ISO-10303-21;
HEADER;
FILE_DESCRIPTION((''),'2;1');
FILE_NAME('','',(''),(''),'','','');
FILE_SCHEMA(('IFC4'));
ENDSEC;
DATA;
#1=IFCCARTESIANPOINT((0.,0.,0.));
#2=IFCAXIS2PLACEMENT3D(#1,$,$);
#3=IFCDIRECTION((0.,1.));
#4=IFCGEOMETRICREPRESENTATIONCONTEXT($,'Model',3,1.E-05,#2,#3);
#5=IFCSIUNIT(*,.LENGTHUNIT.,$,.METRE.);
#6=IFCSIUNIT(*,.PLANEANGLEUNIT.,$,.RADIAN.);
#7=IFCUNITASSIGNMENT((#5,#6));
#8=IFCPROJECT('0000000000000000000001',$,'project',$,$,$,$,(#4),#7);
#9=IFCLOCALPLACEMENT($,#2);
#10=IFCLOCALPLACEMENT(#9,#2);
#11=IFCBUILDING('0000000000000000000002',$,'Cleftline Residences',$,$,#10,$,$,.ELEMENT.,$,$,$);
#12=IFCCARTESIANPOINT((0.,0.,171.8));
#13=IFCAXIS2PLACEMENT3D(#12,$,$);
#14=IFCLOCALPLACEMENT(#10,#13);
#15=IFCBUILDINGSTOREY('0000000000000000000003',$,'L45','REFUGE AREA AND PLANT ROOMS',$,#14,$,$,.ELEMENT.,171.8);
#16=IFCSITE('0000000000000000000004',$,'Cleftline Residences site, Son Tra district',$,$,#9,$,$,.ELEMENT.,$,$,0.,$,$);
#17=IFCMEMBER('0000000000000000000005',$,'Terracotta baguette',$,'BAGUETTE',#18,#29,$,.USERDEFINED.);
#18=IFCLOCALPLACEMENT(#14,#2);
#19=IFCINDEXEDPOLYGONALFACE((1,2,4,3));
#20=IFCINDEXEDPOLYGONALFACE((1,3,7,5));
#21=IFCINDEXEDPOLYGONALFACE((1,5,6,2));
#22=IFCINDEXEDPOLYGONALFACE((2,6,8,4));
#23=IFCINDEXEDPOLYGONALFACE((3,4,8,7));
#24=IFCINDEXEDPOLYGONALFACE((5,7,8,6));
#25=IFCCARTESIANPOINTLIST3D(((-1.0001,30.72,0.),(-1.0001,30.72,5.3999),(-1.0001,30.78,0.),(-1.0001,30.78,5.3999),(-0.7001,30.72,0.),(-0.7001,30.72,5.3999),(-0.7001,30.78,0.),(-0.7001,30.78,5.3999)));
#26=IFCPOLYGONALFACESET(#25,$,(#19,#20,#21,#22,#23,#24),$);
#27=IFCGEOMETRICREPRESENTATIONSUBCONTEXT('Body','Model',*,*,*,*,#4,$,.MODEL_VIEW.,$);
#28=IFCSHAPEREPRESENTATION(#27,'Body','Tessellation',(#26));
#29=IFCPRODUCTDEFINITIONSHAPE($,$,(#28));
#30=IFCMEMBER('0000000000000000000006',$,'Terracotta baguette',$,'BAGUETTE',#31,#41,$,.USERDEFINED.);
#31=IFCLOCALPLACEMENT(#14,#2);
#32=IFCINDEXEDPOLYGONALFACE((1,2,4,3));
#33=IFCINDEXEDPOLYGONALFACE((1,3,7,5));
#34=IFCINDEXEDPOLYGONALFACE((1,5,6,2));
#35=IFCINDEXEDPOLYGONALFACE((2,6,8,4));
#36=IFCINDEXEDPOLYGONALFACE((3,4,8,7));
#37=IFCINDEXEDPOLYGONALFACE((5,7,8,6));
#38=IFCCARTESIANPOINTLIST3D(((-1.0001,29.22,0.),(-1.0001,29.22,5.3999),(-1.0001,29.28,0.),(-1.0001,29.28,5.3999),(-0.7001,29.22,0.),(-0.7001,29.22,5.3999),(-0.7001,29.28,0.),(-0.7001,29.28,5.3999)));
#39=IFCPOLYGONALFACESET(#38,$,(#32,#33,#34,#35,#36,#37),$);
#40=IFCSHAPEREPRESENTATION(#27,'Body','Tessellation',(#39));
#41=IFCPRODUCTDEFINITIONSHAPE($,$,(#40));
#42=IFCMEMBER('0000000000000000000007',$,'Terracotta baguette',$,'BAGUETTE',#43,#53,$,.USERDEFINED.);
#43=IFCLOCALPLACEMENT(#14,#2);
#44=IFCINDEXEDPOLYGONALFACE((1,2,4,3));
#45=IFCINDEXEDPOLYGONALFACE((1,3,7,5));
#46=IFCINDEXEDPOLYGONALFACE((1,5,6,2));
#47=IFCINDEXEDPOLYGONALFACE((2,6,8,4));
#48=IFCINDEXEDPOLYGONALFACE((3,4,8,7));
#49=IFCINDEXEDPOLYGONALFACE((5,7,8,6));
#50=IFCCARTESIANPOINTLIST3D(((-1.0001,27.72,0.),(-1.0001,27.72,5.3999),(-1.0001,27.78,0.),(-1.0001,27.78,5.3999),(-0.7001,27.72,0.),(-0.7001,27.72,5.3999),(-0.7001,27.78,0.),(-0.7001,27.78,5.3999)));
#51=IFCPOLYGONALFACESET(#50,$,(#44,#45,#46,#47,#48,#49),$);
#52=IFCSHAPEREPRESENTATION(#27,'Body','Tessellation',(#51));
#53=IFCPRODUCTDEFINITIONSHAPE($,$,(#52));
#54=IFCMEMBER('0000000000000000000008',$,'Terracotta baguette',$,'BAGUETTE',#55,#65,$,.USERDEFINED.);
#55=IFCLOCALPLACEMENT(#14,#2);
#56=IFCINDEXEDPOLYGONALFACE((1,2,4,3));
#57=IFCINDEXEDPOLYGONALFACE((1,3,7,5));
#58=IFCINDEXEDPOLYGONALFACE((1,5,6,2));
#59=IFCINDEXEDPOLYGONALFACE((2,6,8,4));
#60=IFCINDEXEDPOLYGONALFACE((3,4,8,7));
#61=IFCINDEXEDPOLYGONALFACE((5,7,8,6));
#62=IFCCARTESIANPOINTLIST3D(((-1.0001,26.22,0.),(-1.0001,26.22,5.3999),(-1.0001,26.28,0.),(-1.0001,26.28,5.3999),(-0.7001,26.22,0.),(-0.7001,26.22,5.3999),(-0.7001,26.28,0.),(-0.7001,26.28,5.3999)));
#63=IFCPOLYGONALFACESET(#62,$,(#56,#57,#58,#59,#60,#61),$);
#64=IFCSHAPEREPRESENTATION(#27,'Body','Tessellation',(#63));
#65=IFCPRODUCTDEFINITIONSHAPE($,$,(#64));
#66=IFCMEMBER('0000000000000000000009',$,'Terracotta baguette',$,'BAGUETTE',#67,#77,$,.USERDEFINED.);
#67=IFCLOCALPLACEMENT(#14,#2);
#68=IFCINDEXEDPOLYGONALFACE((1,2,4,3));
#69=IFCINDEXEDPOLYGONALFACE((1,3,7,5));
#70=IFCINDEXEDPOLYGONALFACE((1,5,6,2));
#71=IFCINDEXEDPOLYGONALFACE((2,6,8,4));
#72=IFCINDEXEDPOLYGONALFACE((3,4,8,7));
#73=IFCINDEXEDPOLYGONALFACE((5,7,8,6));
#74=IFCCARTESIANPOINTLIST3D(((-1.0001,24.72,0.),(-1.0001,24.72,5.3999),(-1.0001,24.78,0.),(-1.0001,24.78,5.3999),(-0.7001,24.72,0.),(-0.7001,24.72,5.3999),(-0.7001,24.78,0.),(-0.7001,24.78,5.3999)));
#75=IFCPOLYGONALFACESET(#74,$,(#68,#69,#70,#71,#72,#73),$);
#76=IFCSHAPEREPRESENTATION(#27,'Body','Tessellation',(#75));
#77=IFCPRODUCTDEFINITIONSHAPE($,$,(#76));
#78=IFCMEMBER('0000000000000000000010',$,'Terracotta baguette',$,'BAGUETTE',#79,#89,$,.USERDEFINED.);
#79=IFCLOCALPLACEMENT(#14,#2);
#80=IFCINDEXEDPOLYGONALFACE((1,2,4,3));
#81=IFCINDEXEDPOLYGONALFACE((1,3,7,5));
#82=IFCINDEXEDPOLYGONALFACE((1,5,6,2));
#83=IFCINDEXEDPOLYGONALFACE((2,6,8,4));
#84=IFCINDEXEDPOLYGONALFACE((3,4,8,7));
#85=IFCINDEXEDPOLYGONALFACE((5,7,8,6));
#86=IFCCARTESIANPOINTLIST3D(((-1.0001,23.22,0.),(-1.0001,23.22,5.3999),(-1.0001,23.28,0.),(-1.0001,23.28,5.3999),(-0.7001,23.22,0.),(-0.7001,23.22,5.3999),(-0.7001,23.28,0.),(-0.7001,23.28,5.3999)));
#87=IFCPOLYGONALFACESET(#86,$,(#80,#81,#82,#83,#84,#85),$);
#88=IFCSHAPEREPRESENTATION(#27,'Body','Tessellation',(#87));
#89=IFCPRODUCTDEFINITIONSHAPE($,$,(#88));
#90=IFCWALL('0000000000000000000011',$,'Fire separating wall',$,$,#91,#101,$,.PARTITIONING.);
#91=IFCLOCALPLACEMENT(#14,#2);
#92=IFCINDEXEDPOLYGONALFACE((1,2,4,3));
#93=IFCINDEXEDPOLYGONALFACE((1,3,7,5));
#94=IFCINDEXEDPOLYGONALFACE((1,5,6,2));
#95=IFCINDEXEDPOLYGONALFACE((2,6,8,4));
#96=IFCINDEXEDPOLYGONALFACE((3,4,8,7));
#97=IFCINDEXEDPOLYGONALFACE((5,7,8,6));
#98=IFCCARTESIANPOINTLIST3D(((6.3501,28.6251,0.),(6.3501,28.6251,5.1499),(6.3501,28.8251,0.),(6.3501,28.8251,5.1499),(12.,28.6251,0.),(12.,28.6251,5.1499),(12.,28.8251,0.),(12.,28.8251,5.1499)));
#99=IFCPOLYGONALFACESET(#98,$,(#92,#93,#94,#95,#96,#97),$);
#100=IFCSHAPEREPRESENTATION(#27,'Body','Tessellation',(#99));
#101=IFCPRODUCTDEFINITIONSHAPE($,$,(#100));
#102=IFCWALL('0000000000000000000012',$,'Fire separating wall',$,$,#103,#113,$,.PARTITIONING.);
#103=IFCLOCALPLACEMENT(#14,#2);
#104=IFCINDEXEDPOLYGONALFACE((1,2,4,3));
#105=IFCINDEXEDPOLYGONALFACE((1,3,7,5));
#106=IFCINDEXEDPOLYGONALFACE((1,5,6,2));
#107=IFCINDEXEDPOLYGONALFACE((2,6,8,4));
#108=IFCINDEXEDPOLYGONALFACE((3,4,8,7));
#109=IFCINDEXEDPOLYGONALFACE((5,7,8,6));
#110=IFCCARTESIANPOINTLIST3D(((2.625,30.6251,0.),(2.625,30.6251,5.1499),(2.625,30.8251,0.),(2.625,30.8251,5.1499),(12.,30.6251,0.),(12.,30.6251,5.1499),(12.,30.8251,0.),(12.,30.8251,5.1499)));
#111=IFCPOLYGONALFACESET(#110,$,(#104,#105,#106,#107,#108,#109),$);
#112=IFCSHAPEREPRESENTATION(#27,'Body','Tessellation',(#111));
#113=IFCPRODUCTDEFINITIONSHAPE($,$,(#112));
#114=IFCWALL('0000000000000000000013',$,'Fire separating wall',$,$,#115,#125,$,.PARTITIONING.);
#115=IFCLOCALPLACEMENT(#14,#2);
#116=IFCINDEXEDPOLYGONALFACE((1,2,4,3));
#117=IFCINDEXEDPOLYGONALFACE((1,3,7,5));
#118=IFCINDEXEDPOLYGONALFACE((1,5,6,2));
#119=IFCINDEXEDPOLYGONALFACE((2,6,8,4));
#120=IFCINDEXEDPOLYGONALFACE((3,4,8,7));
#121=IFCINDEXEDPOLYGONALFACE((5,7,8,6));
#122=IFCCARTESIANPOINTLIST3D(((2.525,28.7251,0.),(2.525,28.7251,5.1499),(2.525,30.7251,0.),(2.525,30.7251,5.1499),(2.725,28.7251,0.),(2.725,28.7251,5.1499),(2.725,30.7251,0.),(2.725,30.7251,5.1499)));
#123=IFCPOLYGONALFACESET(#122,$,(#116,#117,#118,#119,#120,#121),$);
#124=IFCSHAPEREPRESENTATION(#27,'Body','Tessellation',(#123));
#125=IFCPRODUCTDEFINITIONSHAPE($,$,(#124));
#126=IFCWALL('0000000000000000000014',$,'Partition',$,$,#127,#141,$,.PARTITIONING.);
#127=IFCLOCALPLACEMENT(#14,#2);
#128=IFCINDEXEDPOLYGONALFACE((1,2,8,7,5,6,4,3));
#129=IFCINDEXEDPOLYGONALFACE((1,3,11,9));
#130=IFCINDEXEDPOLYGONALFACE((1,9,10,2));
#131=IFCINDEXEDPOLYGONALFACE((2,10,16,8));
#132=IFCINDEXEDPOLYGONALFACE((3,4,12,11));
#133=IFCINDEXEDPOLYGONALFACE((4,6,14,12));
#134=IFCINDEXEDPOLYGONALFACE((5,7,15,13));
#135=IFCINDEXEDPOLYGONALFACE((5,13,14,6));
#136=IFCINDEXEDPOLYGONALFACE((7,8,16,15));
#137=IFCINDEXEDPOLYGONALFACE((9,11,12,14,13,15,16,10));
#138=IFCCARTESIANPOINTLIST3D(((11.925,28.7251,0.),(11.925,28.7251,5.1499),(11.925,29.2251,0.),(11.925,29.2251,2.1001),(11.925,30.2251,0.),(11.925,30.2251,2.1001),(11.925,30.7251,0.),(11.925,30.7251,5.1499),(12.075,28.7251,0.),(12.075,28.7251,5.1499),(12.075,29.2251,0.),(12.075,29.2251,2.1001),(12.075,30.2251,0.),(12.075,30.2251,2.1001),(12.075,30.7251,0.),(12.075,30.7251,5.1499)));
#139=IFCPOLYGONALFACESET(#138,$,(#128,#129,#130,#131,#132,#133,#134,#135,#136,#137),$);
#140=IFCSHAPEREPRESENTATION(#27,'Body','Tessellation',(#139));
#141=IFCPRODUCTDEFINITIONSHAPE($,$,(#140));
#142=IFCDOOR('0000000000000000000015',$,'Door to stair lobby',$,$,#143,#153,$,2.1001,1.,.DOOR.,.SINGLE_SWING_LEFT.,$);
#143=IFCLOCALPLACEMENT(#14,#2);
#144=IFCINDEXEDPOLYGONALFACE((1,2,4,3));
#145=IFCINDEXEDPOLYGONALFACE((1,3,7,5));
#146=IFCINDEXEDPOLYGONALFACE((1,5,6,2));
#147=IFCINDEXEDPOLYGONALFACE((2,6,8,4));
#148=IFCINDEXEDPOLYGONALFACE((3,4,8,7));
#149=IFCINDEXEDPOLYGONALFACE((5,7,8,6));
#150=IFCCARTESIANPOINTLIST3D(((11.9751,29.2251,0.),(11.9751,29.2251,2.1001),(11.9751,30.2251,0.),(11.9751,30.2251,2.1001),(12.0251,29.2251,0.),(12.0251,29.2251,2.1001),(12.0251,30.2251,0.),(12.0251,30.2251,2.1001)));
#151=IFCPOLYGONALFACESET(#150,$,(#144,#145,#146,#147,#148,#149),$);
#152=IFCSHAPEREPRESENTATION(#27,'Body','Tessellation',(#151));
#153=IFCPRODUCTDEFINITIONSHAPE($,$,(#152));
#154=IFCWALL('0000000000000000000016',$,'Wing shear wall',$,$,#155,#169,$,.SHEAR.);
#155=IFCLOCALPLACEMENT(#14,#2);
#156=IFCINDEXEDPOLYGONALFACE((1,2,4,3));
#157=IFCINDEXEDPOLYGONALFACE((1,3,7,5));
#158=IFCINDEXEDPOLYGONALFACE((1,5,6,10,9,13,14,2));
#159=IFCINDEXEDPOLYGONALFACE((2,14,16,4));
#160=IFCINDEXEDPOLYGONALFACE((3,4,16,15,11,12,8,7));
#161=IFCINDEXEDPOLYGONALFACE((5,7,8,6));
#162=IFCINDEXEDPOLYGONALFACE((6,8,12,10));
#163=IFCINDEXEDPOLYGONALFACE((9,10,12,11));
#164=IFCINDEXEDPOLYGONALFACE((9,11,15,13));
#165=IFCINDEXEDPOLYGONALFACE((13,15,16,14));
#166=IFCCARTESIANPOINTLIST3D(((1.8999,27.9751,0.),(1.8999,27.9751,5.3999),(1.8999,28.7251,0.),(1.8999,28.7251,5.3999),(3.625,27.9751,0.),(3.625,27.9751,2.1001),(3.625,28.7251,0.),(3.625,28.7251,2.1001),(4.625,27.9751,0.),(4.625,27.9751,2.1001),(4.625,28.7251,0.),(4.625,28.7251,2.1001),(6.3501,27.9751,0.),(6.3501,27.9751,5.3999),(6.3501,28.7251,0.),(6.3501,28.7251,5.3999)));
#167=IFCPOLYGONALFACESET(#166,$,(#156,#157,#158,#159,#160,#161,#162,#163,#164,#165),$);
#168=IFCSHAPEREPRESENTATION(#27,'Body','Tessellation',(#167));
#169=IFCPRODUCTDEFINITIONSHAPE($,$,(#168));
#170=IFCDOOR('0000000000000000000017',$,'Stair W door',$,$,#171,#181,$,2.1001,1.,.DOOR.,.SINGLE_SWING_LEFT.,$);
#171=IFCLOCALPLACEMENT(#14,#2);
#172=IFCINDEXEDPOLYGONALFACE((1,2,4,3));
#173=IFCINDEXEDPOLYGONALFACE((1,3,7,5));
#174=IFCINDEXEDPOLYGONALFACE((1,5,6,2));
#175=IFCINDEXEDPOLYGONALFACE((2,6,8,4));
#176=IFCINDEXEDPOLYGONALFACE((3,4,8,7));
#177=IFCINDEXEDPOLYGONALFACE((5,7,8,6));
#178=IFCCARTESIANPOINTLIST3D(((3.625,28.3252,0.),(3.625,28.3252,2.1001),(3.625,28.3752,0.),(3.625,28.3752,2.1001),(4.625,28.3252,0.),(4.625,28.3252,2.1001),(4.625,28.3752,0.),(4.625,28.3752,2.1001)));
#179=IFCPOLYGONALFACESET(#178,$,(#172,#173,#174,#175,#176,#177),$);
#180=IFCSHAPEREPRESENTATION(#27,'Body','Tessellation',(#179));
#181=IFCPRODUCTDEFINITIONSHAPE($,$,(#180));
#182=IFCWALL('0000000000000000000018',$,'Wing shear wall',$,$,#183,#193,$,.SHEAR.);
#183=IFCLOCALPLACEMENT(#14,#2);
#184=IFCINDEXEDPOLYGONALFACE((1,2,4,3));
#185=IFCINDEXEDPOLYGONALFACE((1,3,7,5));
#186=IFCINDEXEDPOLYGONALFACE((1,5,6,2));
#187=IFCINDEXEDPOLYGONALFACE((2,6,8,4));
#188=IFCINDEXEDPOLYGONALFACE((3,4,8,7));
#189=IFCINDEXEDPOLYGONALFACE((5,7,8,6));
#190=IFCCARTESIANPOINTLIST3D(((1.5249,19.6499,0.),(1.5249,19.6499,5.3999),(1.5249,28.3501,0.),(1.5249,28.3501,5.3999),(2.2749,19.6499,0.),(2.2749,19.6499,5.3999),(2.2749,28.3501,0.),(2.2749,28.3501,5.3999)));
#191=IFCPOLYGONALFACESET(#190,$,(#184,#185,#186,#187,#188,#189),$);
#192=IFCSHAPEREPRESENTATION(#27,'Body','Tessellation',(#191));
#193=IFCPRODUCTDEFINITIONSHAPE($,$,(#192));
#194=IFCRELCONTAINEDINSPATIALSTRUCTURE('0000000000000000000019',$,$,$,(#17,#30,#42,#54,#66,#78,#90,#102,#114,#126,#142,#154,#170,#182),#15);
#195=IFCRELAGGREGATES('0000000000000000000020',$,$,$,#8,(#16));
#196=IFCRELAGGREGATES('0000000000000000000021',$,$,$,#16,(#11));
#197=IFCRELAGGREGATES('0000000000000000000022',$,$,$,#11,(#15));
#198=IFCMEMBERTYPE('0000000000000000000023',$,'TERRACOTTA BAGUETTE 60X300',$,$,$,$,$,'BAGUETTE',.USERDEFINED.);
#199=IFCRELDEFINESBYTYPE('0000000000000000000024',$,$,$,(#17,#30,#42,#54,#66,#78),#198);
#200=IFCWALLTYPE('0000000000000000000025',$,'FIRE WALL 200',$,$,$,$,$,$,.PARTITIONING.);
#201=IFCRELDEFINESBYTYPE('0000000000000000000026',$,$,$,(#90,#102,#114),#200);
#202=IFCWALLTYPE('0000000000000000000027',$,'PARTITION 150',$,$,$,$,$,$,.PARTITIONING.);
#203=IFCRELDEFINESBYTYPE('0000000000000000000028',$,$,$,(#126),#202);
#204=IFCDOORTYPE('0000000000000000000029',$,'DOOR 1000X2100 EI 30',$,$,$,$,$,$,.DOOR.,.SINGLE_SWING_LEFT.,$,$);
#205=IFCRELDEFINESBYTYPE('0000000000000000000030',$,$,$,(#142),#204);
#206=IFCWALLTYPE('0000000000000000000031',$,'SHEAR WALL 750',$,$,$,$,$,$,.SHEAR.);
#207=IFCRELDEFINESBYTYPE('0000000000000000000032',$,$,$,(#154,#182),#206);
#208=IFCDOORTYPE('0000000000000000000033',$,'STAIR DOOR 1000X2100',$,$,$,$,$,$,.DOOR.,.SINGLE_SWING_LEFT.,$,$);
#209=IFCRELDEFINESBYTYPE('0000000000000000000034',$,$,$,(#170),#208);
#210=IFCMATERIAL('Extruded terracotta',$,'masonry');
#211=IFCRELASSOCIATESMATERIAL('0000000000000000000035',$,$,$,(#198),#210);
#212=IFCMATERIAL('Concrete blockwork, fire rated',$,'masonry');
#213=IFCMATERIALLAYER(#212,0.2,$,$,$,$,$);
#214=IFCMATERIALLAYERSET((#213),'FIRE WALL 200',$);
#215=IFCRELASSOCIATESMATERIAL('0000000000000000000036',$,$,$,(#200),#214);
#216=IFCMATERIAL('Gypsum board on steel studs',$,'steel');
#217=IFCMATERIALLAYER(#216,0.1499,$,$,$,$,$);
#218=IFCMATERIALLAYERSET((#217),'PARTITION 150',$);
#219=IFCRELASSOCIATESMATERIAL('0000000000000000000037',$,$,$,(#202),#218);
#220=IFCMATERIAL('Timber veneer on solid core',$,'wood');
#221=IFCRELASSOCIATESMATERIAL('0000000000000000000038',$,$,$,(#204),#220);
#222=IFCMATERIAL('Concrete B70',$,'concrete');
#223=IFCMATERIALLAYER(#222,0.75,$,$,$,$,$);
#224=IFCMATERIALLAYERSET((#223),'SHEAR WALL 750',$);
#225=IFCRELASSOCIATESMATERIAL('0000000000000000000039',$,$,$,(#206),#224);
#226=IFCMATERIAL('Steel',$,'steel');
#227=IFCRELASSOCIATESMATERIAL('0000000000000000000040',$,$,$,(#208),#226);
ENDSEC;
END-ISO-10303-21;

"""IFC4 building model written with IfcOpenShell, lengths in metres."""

from ifc_helpers import new_model, si_unit, direction, frame, frame_2d, origin, origin_2d, place, context, subcontext, project, spatial, rectangle, extrude, material, layer, layer_set, material_profile, profile_set, type_object, element, fill, save


model = new_model("IFC4")

# Units and contexts
model_context = context("Model", 3, precision=1e-05, world=origin(), true_north=direction((0.0, 1.0)))
body_context = subcontext(model_context, "Body", "Model", "MODEL_VIEW")
ifc_project = project(units=[si_unit("LENGTHUNIT", "METRE"), si_unit("PLANEANGLEUNIT", "RADIAN")], contexts=[model_context])

# Site, building, storey
site_placement = place(None, origin())
site = spatial("IfcSite", under=ifc_project, at=site_placement, Name="Cleftline Residences site, Son Tra district", CompositionType="ELEMENT", RefElevation=0.0)
building_placement = place(site_placement, origin())
building = spatial("IfcBuilding", under=site, at=building_placement, Name="Cleftline Residences", CompositionType="ELEMENT")
storey_placement = place(building_placement, frame((0.0, 0.0, 171.8)))
storey = spatial("IfcBuildingStorey", under=building, at=storey_placement, Name="L45", Description="REFUGE AREA AND PLANT ROOMS", CompositionType="ELEMENT", Elevation=171.8)

# Members
ifc_material_1 = material(Name="Extruded terracotta", Category="masonry")
ifc_material_profile_1 = material_profile(ifc_material_1, rectangle(XDim=0.0601, YDim=0.3, at=origin_2d()))
ifc_profile_set_1 = profile_set([ifc_material_profile_1], Name="Extruded terracotta")
member_type_1 = type_object("IfcMemberType", Name="TERRACOTTA BAGUETTE 60X300", ElementType="BAGUETTE", PredefinedType="USERDEFINED", material=ifc_profile_set_1)
for number, where, z_axis, x_axis, name in (
    (1, (-0.8501, 30.75, 0.0), (0.0, 0.0, 1.0), (0.0, 1.0, 0.0), "Terracotta baguette"),
    (2, (-0.8501, 29.25, 0.0), (0.0, 0.0, 1.0), (0.0, 1.0, 0.0), "Terracotta baguette"),
    (3, (-0.8501, 27.75, 0.0), (0.0, 0.0, 1.0), (0.0, 1.0, 0.0), "Terracotta baguette"),
    (4, (-0.8501, 26.25, 0.0), (0.0, 0.0, 1.0), (0.0, 1.0, 0.0), "Terracotta baguette"),
    (5, (-0.8501, 24.75, 0.0), (0.0, 0.0, 1.0), (0.0, 1.0, 0.0), "Terracotta baguette"),
    (6, (-0.8501, 23.25, 0.0), (0.0, 0.0, 1.0), (0.0, 1.0, 0.0), "Terracotta baguette"),
):
    element("IfcMember", number, at=place(storey_placement, frame(where, z_axis=z_axis, x_axis=x_axis)), inside=storey, type_object=member_type_1, Name=name, ObjectType="BAGUETTE", PredefinedType="USERDEFINED", context=body_context, shape_type="SweptSolid", body=[
        extrude(rectangle(XDim=0.0601, YDim=0.3, at=origin_2d()), origin(), (0.0, 0.0, 1.0), 5.3999),
    ])

# Walls
ifc_material_2 = material(Name="Concrete blockwork, fire rated", Category="masonry")
ifc_layer_1 = layer(ifc_material_2, 0.2)
ifc_layer_set_1 = layer_set([ifc_layer_1], Name="FIRE WALL 200")
wall_type_1 = type_object("IfcWallType", Name="FIRE WALL 200", PredefinedType="PARTITIONING", material=ifc_layer_set_1)
wall_1_placement = place(storey_placement, frame((6.3501, 28.7251, 0.0), z_axis=(0.0, 0.0, 1.0), x_axis=(1.0, 0.0, 0.0)))
element("IfcWall", 7, at=wall_1_placement, inside=storey, type_object=wall_type_1, Name="Fire separating wall", PredefinedType="PARTITIONING", context=body_context, shape_type="SweptSolid", body=[
    extrude(rectangle(XDim=5.6499, YDim=0.2, at=frame_2d((2.825, 0.0))), origin(), (0.0, 0.0, 1.0), 5.1499),
])
wall_2_placement = place(storey_placement, frame((2.625, 30.7251, 0.0), z_axis=(0.0, 0.0, 1.0), x_axis=(1.0, 0.0, 0.0)))
element("IfcWall", 8, at=wall_2_placement, inside=storey, type_object=wall_type_1, Name="Fire separating wall", PredefinedType="PARTITIONING", context=body_context, shape_type="SweptSolid", body=[
    extrude(rectangle(XDim=9.375, YDim=0.2, at=frame_2d((4.6875, 0.0))), origin(), (0.0, 0.0, 1.0), 5.1499),
])
wall_3_placement = place(storey_placement, frame((2.625, 28.7251, 0.0), z_axis=(0.0, 0.0, 1.0), x_axis=(0.0, 1.0, 0.0)))
element("IfcWall", 9, at=wall_3_placement, inside=storey, type_object=wall_type_1, Name="Fire separating wall", PredefinedType="PARTITIONING", context=body_context, shape_type="SweptSolid", body=[
    extrude(rectangle(XDim=2.0, YDim=0.2, at=frame_2d((1.0, 0.0))), origin(), (0.0, 0.0, 1.0), 5.1499),
])

# Walls, openings, doors
ifc_material_3 = material(Name="Gypsum board on steel studs", Category="steel")
ifc_layer_2 = layer(ifc_material_3, 0.1499)
ifc_layer_set_2 = layer_set([ifc_layer_2], Name="PARTITION 150")
wall_type_2 = type_object("IfcWallType", Name="PARTITION 150", PredefinedType="PARTITIONING", material=ifc_layer_set_2)
wall_4_placement = place(storey_placement, frame((12.0, 28.7251, 0.0), z_axis=(0.0, 0.0, 1.0), x_axis=(0.0, 1.0, 0.0)))
wall_4 = element("IfcWall", 10, at=wall_4_placement, inside=storey, type_object=wall_type_2, Name="Partition", PredefinedType="PARTITIONING", context=body_context, shape_type="SweptSolid", body=[
    extrude(rectangle(XDim=2.0, YDim=0.1499, at=frame_2d((1.0, 0.0))), origin(), (0.0, 0.0, 1.0), 5.1499),
])
opening_1_placement = place(wall_4_placement, frame((0.5, 0.0, 0.0)))
opening_1 = element("IfcOpeningElement", 11, at=opening_1_placement, cuts=wall_4, PredefinedType="OPENING", context=body_context, shape_type="SweptSolid", body=[
    extrude(rectangle(XDim=1.0, YDim=2.1001, at=frame_2d((0.5, 1.05))), frame((0.0, 0.085, 0.0), z_axis=(0.0, -1.0, 0.0), x_axis=(1.0, 0.0, 0.0)), (0.0, 0.0, 1.0), 0.1699),
])
ifc_material_4 = material(Name="Timber veneer on solid core", Category="wood")
door_type_1 = type_object("IfcDoorType", Name="DOOR 1000X2100 EI 30", OperationType="SINGLE_SWING_LEFT", PredefinedType="DOOR", material=ifc_material_4)
door_1_placement = place(opening_1_placement, origin())
door_1 = element("IfcDoor", 12, at=door_1_placement, inside=storey, type_object=door_type_1, Name="Door to stair lobby", OperationType="SINGLE_SWING_LEFT", OverallHeight=2.1001, OverallWidth=1.0, PredefinedType="DOOR", context=body_context, shape_type="SweptSolid", body=[
    extrude(rectangle(XDim=1.0, YDim=2.1001, at=frame_2d((0.5, 1.05))), frame((0.0, 0.0249, 0.0), z_axis=(0.0, -1.0, 0.0), x_axis=(1.0, 0.0, 0.0)), (0.0, 0.0, 1.0), 0.05),
])
fill(opening_1, door_1)
ifc_material_5 = material(Name="Concrete B70", Category="concrete")
ifc_layer_3 = layer(ifc_material_5, 0.75)
ifc_layer_set_3 = layer_set([ifc_layer_3], Name="SHEAR WALL 750")
wall_type_3 = type_object("IfcWallType", Name="SHEAR WALL 750", PredefinedType="SHEAR", material=ifc_layer_set_3)
wall_5_placement = place(storey_placement, frame((6.3501, 28.3501, 0.0), z_axis=(0.0, 0.0, 1.0), x_axis=(-1.0, 0.0, 0.0)))
wall_5 = element("IfcWall", 13, at=wall_5_placement, inside=storey, type_object=wall_type_3, Name="Wing shear wall", PredefinedType="SHEAR", context=body_context, shape_type="SweptSolid", body=[
    extrude(rectangle(XDim=4.4502, YDim=0.75, at=frame_2d((2.2251, 0.0))), origin(), (0.0, 0.0, 1.0), 5.3999),
])
opening_2_placement = place(wall_5_placement, frame((1.7251, 0.0, 0.0)))
opening_2 = element("IfcOpeningElement", 14, at=opening_2_placement, cuts=wall_5, PredefinedType="OPENING", context=body_context, shape_type="SweptSolid", body=[
    extrude(rectangle(XDim=1.0, YDim=2.1001, at=frame_2d((0.5, 1.05))), frame((0.0, 0.385, 0.0), z_axis=(0.0, -1.0, 0.0), x_axis=(1.0, 0.0, 0.0)), (0.0, 0.0, 1.0), 0.77),
])
ifc_material_6 = material(Name="Steel", Category="steel")
door_type_2 = type_object("IfcDoorType", Name="STAIR DOOR 1000X2100", OperationType="SINGLE_SWING_LEFT", PredefinedType="DOOR", material=ifc_material_6)
door_2_placement = place(opening_2_placement, origin())
door_2 = element("IfcDoor", 15, at=door_2_placement, inside=storey, type_object=door_type_2, Name="Stair W door", OperationType="SINGLE_SWING_LEFT", OverallHeight=2.1001, OverallWidth=1.0, PredefinedType="DOOR", context=body_context, shape_type="SweptSolid", body=[
    extrude(rectangle(XDim=1.0, YDim=2.1001, at=frame_2d((0.5, 1.05))), frame((0.0, 0.0249, 0.0), z_axis=(0.0, -1.0, 0.0), x_axis=(1.0, 0.0, 0.0)), (0.0, 0.0, 1.0), 0.05),
])
fill(opening_2, door_2)

# Wall
wall_6_placement = place(storey_placement, frame((1.8999, 28.3501, 0.0), z_axis=(0.0, 0.0, 1.0), x_axis=(0.0, -1.0, 0.0)))
element("IfcWall", 16, at=wall_6_placement, inside=storey, type_object=wall_type_3, Name="Wing shear wall", PredefinedType="SHEAR", context=body_context, shape_type="SweptSolid", body=[
    extrude(rectangle(XDim=8.7002, YDim=0.75, at=frame_2d((4.3501, 0.0))), origin(), (0.0, 0.0, 1.0), 5.3999),
])

save(model, "model.ifc")
